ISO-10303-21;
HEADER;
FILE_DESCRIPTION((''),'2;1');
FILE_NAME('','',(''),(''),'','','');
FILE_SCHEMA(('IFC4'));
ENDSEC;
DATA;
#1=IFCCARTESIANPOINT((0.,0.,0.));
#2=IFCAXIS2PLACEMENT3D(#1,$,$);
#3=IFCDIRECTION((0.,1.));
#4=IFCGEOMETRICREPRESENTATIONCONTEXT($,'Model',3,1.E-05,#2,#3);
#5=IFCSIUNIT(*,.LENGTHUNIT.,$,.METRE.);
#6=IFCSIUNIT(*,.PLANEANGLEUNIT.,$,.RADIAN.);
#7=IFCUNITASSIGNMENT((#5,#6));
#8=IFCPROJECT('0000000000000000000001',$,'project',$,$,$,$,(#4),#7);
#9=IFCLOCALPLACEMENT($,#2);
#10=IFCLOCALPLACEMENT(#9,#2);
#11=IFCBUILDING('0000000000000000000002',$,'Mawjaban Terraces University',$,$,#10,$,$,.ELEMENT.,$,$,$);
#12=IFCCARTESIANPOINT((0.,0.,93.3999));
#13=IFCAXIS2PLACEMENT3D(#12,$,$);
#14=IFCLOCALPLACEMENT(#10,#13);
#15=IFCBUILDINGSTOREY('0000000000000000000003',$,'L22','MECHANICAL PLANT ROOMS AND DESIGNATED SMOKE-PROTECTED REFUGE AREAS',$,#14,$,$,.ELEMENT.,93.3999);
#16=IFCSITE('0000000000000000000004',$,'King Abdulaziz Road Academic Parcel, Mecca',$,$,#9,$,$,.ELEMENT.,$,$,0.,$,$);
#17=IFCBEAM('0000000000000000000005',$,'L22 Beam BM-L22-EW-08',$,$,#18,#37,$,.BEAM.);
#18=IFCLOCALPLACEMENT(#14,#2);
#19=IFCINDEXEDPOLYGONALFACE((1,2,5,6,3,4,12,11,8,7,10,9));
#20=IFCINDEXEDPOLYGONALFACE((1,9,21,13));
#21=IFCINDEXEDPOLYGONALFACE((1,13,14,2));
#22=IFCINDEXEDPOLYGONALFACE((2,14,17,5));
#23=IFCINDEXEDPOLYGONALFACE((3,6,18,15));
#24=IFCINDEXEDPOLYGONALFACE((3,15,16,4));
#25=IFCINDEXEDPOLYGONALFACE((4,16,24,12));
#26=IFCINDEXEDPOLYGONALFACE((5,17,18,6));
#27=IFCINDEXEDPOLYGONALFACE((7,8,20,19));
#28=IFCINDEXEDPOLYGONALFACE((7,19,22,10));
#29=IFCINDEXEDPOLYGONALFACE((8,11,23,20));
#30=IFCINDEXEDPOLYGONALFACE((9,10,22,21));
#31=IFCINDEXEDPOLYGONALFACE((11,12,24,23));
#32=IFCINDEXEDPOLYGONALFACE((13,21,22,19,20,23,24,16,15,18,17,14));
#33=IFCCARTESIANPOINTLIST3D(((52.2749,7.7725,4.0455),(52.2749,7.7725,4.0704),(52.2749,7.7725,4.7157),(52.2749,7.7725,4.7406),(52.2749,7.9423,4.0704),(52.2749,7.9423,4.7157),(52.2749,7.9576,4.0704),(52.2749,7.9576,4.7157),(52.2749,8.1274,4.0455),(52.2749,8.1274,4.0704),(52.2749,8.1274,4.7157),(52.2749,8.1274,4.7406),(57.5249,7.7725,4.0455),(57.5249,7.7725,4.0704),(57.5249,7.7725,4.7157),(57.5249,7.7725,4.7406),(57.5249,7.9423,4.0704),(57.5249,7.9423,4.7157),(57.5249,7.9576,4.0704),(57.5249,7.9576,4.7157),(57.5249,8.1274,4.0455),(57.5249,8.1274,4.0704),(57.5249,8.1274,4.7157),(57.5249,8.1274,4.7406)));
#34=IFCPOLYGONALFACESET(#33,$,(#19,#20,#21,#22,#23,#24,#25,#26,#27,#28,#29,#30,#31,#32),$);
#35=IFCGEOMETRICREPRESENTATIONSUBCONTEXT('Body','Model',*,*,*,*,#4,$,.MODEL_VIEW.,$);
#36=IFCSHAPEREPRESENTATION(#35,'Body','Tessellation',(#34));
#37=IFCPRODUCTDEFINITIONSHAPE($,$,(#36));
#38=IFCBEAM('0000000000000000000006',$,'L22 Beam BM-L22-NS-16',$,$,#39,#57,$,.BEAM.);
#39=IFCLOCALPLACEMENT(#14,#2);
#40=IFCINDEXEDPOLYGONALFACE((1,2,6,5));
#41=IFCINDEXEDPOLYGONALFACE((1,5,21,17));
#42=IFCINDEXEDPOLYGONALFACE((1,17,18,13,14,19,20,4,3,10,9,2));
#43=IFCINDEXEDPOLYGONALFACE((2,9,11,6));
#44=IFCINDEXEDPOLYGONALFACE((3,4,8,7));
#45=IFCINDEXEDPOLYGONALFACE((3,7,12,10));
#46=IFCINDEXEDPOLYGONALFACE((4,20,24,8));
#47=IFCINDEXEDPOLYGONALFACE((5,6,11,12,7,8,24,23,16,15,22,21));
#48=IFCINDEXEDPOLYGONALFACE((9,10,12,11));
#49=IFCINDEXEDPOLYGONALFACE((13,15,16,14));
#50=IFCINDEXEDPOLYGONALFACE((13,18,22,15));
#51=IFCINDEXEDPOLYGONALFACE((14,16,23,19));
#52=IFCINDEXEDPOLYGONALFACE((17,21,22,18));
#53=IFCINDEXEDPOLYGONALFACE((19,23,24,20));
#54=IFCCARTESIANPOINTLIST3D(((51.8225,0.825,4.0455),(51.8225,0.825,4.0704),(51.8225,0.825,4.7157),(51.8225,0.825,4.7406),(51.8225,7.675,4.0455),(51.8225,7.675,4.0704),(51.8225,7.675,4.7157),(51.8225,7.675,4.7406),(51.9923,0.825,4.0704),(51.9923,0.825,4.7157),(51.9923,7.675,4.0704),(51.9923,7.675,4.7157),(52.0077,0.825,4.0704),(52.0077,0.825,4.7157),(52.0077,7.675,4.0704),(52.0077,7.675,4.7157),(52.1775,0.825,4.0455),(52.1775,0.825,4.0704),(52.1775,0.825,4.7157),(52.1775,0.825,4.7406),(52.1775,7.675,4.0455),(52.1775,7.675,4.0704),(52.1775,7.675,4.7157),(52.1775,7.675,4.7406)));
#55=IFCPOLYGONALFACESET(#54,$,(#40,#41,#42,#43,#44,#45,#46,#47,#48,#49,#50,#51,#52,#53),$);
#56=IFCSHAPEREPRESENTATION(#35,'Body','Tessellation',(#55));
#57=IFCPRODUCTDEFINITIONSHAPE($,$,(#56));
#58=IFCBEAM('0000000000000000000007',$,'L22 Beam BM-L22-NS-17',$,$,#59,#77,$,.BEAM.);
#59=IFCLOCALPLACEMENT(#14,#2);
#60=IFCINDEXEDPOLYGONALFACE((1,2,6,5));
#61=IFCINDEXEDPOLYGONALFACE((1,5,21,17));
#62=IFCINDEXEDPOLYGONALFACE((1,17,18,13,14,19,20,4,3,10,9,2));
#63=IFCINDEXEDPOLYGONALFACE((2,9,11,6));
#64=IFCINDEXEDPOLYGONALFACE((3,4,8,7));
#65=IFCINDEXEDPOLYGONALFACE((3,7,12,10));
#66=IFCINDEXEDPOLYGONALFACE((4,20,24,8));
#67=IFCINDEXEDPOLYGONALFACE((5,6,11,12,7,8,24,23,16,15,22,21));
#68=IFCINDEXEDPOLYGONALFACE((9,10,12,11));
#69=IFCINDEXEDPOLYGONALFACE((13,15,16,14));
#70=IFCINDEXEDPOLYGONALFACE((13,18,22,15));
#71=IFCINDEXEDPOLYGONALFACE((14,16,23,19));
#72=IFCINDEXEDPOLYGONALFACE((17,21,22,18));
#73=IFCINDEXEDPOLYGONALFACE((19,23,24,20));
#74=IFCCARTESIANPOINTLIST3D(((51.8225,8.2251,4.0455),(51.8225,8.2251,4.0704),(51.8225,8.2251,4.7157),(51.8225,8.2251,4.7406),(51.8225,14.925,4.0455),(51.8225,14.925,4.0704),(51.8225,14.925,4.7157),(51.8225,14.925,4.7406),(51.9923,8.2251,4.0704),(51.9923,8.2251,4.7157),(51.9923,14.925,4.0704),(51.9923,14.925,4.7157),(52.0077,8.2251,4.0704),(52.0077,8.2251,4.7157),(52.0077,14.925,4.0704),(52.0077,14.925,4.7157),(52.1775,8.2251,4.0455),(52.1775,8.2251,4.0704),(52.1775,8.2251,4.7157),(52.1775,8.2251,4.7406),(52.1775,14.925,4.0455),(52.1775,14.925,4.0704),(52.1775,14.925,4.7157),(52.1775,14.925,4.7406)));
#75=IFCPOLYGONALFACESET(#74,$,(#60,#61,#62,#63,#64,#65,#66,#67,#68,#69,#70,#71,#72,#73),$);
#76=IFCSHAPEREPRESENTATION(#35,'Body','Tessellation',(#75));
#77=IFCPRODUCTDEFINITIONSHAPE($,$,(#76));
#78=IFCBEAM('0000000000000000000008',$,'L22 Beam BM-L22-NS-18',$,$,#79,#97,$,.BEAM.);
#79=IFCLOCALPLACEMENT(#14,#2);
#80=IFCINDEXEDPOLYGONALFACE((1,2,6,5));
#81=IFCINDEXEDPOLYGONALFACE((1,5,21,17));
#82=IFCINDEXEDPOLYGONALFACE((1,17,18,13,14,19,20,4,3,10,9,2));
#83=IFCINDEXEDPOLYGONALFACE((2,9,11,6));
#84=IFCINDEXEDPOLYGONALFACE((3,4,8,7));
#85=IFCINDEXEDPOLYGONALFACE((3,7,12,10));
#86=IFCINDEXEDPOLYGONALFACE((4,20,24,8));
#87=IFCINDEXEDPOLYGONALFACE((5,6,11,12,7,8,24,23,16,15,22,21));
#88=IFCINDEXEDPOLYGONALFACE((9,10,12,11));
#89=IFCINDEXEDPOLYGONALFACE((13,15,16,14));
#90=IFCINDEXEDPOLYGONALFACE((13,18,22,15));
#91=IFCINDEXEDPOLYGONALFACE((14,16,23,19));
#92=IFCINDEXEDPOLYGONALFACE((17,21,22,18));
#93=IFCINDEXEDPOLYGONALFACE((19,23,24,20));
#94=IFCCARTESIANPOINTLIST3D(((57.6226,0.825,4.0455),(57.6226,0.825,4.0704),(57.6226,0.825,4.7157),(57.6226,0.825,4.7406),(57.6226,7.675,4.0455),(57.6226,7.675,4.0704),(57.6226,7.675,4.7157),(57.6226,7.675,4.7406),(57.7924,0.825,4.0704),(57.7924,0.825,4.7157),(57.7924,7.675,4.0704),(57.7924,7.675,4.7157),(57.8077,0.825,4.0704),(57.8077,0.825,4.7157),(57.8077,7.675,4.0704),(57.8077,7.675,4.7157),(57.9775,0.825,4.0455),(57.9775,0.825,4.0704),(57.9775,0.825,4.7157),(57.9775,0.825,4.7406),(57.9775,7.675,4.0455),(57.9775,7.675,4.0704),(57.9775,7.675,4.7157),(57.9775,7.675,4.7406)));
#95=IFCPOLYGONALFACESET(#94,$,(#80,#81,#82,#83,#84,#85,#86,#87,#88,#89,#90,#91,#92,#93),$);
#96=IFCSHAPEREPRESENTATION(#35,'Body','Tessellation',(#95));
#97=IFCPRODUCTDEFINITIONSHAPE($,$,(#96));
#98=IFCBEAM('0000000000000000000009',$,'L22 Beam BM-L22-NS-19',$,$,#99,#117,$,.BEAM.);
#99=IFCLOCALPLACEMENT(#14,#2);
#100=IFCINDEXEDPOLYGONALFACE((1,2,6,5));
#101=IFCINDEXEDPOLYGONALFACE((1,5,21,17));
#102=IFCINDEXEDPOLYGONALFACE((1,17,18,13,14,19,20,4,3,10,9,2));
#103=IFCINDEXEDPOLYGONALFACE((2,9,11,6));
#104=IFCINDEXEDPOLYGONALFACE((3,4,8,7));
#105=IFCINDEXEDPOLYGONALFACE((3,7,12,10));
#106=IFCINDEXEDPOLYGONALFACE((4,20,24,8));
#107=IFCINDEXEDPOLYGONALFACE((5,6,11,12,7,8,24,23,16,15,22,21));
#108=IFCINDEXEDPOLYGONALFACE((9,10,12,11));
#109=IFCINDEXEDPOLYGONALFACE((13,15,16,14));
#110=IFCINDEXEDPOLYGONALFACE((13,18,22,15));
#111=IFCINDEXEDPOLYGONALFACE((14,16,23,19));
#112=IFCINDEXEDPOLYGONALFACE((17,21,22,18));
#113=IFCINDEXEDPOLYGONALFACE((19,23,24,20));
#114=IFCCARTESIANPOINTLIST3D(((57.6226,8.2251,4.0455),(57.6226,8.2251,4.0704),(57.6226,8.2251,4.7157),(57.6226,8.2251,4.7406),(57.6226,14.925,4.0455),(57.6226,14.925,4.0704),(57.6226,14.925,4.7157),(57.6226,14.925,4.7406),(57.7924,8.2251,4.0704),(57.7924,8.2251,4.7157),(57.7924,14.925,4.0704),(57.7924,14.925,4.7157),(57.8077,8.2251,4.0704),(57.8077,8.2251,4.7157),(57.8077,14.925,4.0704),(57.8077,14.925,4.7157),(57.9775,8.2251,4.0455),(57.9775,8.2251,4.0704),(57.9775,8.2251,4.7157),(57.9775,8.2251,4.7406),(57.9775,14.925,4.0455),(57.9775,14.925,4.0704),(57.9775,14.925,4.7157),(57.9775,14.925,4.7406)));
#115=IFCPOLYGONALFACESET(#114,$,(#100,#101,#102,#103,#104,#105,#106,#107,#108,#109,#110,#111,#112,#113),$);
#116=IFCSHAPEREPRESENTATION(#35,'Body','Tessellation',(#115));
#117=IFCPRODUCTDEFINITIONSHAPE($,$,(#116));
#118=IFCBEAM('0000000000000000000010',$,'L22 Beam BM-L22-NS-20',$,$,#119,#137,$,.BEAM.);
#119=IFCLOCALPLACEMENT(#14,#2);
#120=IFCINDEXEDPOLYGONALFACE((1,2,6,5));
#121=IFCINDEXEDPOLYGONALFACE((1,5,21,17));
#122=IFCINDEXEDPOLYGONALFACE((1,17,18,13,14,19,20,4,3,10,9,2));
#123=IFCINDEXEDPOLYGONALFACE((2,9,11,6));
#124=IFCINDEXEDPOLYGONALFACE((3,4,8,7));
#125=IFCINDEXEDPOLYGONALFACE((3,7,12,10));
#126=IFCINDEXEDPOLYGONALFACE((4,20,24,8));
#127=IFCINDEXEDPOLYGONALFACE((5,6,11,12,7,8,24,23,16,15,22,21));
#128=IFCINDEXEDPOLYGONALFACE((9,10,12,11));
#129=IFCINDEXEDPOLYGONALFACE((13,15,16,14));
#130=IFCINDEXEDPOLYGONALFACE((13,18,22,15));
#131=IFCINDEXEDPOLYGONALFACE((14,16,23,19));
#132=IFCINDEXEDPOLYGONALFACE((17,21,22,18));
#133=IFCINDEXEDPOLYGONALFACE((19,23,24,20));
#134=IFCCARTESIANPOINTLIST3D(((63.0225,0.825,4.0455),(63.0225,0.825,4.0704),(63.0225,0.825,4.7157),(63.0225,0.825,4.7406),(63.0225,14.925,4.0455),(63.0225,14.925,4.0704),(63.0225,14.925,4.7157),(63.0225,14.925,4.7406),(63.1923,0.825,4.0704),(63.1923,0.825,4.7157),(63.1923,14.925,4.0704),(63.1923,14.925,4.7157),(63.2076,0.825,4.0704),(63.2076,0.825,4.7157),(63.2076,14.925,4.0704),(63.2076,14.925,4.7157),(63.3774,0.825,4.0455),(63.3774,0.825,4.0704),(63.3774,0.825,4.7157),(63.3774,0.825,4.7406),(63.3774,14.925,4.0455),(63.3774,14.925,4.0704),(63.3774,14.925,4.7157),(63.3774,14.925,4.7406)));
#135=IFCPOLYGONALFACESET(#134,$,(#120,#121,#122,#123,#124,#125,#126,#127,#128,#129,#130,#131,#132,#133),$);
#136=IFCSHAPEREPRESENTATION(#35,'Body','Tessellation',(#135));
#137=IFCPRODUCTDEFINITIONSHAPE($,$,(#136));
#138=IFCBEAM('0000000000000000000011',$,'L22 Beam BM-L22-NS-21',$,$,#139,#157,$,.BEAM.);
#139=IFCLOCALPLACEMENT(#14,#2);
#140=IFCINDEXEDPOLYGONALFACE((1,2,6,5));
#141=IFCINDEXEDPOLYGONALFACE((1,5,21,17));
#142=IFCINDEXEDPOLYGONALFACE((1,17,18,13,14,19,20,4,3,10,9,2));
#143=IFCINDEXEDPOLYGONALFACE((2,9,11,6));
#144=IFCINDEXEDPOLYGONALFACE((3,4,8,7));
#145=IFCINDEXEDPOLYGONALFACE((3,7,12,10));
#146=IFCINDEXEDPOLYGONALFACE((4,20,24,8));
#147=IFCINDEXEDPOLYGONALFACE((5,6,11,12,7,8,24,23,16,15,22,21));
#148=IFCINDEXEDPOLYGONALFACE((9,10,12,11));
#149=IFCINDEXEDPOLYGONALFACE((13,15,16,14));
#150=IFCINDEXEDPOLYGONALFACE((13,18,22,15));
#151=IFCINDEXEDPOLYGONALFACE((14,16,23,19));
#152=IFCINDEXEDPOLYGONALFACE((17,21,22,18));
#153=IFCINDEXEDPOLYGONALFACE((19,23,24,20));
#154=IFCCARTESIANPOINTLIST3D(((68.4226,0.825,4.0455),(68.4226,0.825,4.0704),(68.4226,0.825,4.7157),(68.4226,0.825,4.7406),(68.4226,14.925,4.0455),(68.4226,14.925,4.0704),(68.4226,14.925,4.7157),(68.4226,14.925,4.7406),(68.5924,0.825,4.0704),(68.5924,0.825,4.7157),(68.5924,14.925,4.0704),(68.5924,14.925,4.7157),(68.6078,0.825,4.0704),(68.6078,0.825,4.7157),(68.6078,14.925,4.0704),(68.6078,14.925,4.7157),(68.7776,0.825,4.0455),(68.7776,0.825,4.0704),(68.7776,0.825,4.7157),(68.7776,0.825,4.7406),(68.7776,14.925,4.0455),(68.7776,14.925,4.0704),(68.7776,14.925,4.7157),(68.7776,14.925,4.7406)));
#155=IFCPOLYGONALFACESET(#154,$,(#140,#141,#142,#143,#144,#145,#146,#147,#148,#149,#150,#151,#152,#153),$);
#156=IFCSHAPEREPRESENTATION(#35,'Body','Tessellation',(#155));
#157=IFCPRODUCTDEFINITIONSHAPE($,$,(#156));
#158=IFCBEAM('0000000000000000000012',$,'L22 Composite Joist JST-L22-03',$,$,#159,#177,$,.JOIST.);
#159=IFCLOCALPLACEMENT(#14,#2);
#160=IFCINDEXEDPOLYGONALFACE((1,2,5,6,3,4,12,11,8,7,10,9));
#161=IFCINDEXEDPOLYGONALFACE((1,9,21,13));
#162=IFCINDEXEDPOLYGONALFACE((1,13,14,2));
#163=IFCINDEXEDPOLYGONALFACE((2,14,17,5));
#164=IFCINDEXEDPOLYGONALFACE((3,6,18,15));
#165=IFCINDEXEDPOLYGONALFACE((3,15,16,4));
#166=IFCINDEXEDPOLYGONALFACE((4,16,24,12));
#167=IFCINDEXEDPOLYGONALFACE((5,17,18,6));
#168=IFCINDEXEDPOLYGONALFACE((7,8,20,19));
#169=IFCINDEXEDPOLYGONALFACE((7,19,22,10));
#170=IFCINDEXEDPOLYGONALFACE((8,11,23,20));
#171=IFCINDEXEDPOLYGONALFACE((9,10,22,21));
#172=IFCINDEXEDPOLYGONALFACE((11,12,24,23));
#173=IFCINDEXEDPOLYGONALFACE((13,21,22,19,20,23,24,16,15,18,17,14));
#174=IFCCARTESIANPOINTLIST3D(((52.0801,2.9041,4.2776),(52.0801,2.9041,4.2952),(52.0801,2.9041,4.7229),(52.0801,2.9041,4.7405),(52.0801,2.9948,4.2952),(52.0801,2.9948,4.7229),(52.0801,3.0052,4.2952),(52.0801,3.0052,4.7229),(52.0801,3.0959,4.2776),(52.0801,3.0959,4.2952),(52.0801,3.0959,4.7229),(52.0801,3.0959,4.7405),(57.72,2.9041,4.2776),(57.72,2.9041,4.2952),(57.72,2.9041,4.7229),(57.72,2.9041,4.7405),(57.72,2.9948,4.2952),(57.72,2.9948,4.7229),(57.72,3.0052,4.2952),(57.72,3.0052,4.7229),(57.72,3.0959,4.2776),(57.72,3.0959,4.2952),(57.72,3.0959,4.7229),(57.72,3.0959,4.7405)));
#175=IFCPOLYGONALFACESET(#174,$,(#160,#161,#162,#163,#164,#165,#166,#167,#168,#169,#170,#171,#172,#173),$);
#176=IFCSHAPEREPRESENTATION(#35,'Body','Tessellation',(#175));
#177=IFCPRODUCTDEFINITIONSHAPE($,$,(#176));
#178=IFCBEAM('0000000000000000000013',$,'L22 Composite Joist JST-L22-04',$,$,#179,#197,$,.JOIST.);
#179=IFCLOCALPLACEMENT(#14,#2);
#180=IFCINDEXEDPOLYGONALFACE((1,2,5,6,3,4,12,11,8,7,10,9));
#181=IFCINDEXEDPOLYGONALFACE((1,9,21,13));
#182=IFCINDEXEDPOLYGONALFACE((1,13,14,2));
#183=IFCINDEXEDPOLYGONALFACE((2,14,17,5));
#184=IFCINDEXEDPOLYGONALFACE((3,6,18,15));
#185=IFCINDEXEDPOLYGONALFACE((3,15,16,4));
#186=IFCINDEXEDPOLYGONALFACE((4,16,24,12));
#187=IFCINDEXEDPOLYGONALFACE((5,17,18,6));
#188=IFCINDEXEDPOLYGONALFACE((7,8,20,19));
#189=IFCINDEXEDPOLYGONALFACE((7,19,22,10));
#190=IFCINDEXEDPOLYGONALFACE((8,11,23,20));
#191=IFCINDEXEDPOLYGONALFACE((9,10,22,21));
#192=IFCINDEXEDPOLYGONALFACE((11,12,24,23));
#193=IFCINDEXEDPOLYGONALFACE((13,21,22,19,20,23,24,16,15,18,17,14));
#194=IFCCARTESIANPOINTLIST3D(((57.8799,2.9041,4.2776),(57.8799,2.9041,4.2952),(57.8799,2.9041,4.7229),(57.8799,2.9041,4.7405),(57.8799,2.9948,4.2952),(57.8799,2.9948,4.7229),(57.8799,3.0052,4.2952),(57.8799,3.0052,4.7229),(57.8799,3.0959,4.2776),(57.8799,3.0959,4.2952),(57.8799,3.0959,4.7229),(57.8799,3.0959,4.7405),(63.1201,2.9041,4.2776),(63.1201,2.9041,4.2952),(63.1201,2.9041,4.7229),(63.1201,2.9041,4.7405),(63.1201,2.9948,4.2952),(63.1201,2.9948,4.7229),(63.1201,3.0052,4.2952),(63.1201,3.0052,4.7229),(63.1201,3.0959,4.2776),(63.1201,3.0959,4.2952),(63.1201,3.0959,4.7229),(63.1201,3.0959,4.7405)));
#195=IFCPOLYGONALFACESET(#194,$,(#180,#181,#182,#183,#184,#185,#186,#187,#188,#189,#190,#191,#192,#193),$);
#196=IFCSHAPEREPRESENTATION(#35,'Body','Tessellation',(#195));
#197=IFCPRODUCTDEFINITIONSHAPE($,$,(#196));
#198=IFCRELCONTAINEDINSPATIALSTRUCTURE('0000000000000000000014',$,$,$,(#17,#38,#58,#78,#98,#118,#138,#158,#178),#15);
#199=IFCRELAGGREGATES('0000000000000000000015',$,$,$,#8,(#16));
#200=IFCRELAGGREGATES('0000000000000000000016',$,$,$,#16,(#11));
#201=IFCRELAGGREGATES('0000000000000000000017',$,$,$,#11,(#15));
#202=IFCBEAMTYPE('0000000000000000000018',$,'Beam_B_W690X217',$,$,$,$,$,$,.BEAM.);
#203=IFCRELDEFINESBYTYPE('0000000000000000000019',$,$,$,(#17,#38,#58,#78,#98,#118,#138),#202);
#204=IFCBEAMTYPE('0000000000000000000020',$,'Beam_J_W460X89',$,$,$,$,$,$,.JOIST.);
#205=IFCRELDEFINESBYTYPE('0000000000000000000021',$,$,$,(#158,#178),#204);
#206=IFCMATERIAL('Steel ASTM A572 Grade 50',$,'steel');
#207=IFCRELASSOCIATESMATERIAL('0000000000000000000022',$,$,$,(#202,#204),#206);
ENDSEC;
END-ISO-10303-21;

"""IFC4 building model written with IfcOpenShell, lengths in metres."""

from ifc_helpers import new_model, si_unit, direction, frame, origin, origin_2d, place, context, subcontext, project, spatial, i_section, extrude, material, material_profile, profile_set, type_object, element, save


model = new_model("IFC4")

# Units and contexts
model_context = context("Model", 3, precision=1e-05, world=origin(), true_north=direction((0.0, 1.0)))
body_context = subcontext(model_context, "Body", "Model", "MODEL_VIEW")
ifc_project = project(units=[si_unit("LENGTHUNIT", "METRE"), si_unit("PLANEANGLEUNIT", "RADIAN")], contexts=[model_context])

# Site, building, storey
site_placement = place(None, origin())
site = spatial("IfcSite", under=ifc_project, at=site_placement, Name="King Abdulaziz Road Academic Parcel, Mecca", CompositionType="ELEMENT", RefElevation=0.0)
building_placement = place(site_placement, origin())
building = spatial("IfcBuilding", under=site, at=building_placement, Name="Mawjaban Terraces University", CompositionType="ELEMENT")
storey_placement = place(building_placement, frame((0.0, 0.0, 93.3999)))
storey = spatial("IfcBuildingStorey", under=building, at=storey_placement, Name="L22", Description="MECHANICAL PLANT ROOMS AND DESIGNATED SMOKE-PROTECTED REFUGE AREAS", CompositionType="ELEMENT", Elevation=93.3999)

# Beams
ifc_material_1 = material(Name="Steel ASTM A572 Grade 50", Category="steel")
ifc_material_profile_1 = material_profile(ifc_material_1, i_section(OverallWidth=0.355, OverallDepth=0.6951, WebThickness=0.0154, FlangeThickness=0.0249, at=origin_2d()), Name="W690X217")
ifc_profile_set_1 = profile_set([ifc_material_profile_1], Name="Steel ASTM A572 Grade 50")
beam_type_1 = type_object("IfcBeamType", Name="Beam_B_W690X217", PredefinedType="BEAM", material=ifc_profile_set_1)
beam_1_placement = place(storey_placement, frame((52.2749, 7.95, 4.3931), z_axis=(1.0, 0.0, 0.0), x_axis=(0.0, 1.0, 0.0)))
element("IfcBeam", 1, at=beam_1_placement, inside=storey, type_object=beam_type_1, Name="L22 Beam BM-L22-EW-08", PredefinedType="BEAM", context=body_context, shape_type="SweptSolid", body=[
    extrude(i_section(OverallWidth=0.355, OverallDepth=0.6951, WebThickness=0.0154, FlangeThickness=0.0249, at=origin_2d()), origin(), (0.0, 0.0, 1.0), 5.25),
])
beam_2_placement = place(storey_placement, frame((52.0, 0.825, 4.3931), z_axis=(0.0, 1.0, 0.0), x_axis=(-1.0, 0.0, 0.0)))
element("IfcBeam", 2, at=beam_2_placement, inside=storey, type_object=beam_type_1, Name="L22 Beam BM-L22-NS-16", PredefinedType="BEAM", context=body_context, shape_type="SweptSolid", body=[
    extrude(i_section(OverallWidth=0.355, OverallDepth=0.6951, WebThickness=0.0154, FlangeThickness=0.0249, at=origin_2d()), origin(), (0.0, 0.0, 1.0), 6.8501),
])
beam_3_placement = place(storey_placement, frame((52.0, 8.2251, 4.3931), z_axis=(0.0, 1.0, 0.0), x_axis=(-1.0, 0.0, 0.0)))
element("IfcBeam", 3, at=beam_3_placement, inside=storey, type_object=beam_type_1, Name="L22 Beam BM-L22-NS-17", PredefinedType="BEAM", context=body_context, shape_type="SweptSolid", body=[
    extrude(i_section(OverallWidth=0.355, OverallDepth=0.6951, WebThickness=0.0154, FlangeThickness=0.0249, at=origin_2d()), origin(), (0.0, 0.0, 1.0), 6.7),
])
beam_4_placement = place(storey_placement, frame((57.8, 0.825, 4.3931), z_axis=(0.0, 1.0, 0.0), x_axis=(-1.0, 0.0, 0.0)))
element("IfcBeam", 4, at=beam_4_placement, inside=storey, type_object=beam_type_1, Name="L22 Beam BM-L22-NS-18", PredefinedType="BEAM", context=body_context, shape_type="SweptSolid", body=[
    extrude(i_section(OverallWidth=0.355, OverallDepth=0.6951, WebThickness=0.0154, FlangeThickness=0.0249, at=origin_2d()), origin(), (0.0, 0.0, 1.0), 6.8501),
])
beam_5_placement = place(storey_placement, frame((57.8, 8.2251, 4.3931), z_axis=(0.0, 1.0, 0.0), x_axis=(-1.0, 0.0, 0.0)))
element("IfcBeam", 5, at=beam_5_placement, inside=storey, type_object=beam_type_1, Name="L22 Beam BM-L22-NS-19", PredefinedType="BEAM", context=body_context, shape_type="SweptSolid", body=[
    extrude(i_section(OverallWidth=0.355, OverallDepth=0.6951, WebThickness=0.0154, FlangeThickness=0.0249, at=origin_2d()), origin(), (0.0, 0.0, 1.0), 6.7),
])
for number, where, z_axis, x_axis, name in (
    (6, (63.2, 0.825, 4.3931), (0.0, 1.0, 0.0), (-1.0, 0.0, 0.0), "L22 Beam BM-L22-NS-20"),
    (7, (68.6001, 0.825, 4.3931), (0.0, 1.0, 0.0), (-1.0, 0.0, 0.0), "L22 Beam BM-L22-NS-21"),
):
    element("IfcBeam", number, at=place(storey_placement, frame(where, z_axis=z_axis, x_axis=x_axis)), inside=storey, type_object=beam_type_1, Name=name, PredefinedType="BEAM", context=body_context, shape_type="SweptSolid", body=[
        extrude(i_section(OverallWidth=0.355, OverallDepth=0.6951, WebThickness=0.0154, FlangeThickness=0.0249, at=origin_2d()), origin(), (0.0, 0.0, 1.0), 14.1001),
    ])
ifc_material_profile_2 = material_profile(ifc_material_1, i_section(OverallWidth=0.1919, OverallDepth=0.4629, WebThickness=0.0105, FlangeThickness=0.0176, at=origin_2d()), Name="W460X89")
ifc_profile_set_2 = profile_set([ifc_material_profile_2], Name="Steel ASTM A572 Grade 50")
beam_type_2 = type_object("IfcBeamType", Name="Beam_J_W460X89", PredefinedType="JOIST", material=ifc_profile_set_2)
beam_6_placement = place(storey_placement, frame((52.0801, 3.0, 4.509), z_axis=(1.0, 0.0, 0.0), x_axis=(0.0, 1.0, 0.0)))
element("IfcBeam", 8, at=beam_6_placement, inside=storey, type_object=beam_type_2, Name="L22 Composite Joist JST-L22-03", PredefinedType="JOIST", context=body_context, shape_type="SweptSolid", body=[
    extrude(i_section(OverallWidth=0.1919, OverallDepth=0.4629, WebThickness=0.0105, FlangeThickness=0.0176, at=origin_2d()), origin(), (0.0, 0.0, 1.0), 5.6399),
])
beam_7_placement = place(storey_placement, frame((57.8799, 3.0, 4.509), z_axis=(1.0, 0.0, 0.0), x_axis=(0.0, 1.0, 0.0)))
element("IfcBeam", 9, at=beam_7_placement, inside=storey, type_object=beam_type_2, Name="L22 Composite Joist JST-L22-04", PredefinedType="JOIST", context=body_context, shape_type="SweptSolid", body=[
    extrude(i_section(OverallWidth=0.1919, OverallDepth=0.4629, WebThickness=0.0105, FlangeThickness=0.0176, at=origin_2d()), origin(), (0.0, 0.0, 1.0), 5.2402),
])

save(model, "model.ifc")
